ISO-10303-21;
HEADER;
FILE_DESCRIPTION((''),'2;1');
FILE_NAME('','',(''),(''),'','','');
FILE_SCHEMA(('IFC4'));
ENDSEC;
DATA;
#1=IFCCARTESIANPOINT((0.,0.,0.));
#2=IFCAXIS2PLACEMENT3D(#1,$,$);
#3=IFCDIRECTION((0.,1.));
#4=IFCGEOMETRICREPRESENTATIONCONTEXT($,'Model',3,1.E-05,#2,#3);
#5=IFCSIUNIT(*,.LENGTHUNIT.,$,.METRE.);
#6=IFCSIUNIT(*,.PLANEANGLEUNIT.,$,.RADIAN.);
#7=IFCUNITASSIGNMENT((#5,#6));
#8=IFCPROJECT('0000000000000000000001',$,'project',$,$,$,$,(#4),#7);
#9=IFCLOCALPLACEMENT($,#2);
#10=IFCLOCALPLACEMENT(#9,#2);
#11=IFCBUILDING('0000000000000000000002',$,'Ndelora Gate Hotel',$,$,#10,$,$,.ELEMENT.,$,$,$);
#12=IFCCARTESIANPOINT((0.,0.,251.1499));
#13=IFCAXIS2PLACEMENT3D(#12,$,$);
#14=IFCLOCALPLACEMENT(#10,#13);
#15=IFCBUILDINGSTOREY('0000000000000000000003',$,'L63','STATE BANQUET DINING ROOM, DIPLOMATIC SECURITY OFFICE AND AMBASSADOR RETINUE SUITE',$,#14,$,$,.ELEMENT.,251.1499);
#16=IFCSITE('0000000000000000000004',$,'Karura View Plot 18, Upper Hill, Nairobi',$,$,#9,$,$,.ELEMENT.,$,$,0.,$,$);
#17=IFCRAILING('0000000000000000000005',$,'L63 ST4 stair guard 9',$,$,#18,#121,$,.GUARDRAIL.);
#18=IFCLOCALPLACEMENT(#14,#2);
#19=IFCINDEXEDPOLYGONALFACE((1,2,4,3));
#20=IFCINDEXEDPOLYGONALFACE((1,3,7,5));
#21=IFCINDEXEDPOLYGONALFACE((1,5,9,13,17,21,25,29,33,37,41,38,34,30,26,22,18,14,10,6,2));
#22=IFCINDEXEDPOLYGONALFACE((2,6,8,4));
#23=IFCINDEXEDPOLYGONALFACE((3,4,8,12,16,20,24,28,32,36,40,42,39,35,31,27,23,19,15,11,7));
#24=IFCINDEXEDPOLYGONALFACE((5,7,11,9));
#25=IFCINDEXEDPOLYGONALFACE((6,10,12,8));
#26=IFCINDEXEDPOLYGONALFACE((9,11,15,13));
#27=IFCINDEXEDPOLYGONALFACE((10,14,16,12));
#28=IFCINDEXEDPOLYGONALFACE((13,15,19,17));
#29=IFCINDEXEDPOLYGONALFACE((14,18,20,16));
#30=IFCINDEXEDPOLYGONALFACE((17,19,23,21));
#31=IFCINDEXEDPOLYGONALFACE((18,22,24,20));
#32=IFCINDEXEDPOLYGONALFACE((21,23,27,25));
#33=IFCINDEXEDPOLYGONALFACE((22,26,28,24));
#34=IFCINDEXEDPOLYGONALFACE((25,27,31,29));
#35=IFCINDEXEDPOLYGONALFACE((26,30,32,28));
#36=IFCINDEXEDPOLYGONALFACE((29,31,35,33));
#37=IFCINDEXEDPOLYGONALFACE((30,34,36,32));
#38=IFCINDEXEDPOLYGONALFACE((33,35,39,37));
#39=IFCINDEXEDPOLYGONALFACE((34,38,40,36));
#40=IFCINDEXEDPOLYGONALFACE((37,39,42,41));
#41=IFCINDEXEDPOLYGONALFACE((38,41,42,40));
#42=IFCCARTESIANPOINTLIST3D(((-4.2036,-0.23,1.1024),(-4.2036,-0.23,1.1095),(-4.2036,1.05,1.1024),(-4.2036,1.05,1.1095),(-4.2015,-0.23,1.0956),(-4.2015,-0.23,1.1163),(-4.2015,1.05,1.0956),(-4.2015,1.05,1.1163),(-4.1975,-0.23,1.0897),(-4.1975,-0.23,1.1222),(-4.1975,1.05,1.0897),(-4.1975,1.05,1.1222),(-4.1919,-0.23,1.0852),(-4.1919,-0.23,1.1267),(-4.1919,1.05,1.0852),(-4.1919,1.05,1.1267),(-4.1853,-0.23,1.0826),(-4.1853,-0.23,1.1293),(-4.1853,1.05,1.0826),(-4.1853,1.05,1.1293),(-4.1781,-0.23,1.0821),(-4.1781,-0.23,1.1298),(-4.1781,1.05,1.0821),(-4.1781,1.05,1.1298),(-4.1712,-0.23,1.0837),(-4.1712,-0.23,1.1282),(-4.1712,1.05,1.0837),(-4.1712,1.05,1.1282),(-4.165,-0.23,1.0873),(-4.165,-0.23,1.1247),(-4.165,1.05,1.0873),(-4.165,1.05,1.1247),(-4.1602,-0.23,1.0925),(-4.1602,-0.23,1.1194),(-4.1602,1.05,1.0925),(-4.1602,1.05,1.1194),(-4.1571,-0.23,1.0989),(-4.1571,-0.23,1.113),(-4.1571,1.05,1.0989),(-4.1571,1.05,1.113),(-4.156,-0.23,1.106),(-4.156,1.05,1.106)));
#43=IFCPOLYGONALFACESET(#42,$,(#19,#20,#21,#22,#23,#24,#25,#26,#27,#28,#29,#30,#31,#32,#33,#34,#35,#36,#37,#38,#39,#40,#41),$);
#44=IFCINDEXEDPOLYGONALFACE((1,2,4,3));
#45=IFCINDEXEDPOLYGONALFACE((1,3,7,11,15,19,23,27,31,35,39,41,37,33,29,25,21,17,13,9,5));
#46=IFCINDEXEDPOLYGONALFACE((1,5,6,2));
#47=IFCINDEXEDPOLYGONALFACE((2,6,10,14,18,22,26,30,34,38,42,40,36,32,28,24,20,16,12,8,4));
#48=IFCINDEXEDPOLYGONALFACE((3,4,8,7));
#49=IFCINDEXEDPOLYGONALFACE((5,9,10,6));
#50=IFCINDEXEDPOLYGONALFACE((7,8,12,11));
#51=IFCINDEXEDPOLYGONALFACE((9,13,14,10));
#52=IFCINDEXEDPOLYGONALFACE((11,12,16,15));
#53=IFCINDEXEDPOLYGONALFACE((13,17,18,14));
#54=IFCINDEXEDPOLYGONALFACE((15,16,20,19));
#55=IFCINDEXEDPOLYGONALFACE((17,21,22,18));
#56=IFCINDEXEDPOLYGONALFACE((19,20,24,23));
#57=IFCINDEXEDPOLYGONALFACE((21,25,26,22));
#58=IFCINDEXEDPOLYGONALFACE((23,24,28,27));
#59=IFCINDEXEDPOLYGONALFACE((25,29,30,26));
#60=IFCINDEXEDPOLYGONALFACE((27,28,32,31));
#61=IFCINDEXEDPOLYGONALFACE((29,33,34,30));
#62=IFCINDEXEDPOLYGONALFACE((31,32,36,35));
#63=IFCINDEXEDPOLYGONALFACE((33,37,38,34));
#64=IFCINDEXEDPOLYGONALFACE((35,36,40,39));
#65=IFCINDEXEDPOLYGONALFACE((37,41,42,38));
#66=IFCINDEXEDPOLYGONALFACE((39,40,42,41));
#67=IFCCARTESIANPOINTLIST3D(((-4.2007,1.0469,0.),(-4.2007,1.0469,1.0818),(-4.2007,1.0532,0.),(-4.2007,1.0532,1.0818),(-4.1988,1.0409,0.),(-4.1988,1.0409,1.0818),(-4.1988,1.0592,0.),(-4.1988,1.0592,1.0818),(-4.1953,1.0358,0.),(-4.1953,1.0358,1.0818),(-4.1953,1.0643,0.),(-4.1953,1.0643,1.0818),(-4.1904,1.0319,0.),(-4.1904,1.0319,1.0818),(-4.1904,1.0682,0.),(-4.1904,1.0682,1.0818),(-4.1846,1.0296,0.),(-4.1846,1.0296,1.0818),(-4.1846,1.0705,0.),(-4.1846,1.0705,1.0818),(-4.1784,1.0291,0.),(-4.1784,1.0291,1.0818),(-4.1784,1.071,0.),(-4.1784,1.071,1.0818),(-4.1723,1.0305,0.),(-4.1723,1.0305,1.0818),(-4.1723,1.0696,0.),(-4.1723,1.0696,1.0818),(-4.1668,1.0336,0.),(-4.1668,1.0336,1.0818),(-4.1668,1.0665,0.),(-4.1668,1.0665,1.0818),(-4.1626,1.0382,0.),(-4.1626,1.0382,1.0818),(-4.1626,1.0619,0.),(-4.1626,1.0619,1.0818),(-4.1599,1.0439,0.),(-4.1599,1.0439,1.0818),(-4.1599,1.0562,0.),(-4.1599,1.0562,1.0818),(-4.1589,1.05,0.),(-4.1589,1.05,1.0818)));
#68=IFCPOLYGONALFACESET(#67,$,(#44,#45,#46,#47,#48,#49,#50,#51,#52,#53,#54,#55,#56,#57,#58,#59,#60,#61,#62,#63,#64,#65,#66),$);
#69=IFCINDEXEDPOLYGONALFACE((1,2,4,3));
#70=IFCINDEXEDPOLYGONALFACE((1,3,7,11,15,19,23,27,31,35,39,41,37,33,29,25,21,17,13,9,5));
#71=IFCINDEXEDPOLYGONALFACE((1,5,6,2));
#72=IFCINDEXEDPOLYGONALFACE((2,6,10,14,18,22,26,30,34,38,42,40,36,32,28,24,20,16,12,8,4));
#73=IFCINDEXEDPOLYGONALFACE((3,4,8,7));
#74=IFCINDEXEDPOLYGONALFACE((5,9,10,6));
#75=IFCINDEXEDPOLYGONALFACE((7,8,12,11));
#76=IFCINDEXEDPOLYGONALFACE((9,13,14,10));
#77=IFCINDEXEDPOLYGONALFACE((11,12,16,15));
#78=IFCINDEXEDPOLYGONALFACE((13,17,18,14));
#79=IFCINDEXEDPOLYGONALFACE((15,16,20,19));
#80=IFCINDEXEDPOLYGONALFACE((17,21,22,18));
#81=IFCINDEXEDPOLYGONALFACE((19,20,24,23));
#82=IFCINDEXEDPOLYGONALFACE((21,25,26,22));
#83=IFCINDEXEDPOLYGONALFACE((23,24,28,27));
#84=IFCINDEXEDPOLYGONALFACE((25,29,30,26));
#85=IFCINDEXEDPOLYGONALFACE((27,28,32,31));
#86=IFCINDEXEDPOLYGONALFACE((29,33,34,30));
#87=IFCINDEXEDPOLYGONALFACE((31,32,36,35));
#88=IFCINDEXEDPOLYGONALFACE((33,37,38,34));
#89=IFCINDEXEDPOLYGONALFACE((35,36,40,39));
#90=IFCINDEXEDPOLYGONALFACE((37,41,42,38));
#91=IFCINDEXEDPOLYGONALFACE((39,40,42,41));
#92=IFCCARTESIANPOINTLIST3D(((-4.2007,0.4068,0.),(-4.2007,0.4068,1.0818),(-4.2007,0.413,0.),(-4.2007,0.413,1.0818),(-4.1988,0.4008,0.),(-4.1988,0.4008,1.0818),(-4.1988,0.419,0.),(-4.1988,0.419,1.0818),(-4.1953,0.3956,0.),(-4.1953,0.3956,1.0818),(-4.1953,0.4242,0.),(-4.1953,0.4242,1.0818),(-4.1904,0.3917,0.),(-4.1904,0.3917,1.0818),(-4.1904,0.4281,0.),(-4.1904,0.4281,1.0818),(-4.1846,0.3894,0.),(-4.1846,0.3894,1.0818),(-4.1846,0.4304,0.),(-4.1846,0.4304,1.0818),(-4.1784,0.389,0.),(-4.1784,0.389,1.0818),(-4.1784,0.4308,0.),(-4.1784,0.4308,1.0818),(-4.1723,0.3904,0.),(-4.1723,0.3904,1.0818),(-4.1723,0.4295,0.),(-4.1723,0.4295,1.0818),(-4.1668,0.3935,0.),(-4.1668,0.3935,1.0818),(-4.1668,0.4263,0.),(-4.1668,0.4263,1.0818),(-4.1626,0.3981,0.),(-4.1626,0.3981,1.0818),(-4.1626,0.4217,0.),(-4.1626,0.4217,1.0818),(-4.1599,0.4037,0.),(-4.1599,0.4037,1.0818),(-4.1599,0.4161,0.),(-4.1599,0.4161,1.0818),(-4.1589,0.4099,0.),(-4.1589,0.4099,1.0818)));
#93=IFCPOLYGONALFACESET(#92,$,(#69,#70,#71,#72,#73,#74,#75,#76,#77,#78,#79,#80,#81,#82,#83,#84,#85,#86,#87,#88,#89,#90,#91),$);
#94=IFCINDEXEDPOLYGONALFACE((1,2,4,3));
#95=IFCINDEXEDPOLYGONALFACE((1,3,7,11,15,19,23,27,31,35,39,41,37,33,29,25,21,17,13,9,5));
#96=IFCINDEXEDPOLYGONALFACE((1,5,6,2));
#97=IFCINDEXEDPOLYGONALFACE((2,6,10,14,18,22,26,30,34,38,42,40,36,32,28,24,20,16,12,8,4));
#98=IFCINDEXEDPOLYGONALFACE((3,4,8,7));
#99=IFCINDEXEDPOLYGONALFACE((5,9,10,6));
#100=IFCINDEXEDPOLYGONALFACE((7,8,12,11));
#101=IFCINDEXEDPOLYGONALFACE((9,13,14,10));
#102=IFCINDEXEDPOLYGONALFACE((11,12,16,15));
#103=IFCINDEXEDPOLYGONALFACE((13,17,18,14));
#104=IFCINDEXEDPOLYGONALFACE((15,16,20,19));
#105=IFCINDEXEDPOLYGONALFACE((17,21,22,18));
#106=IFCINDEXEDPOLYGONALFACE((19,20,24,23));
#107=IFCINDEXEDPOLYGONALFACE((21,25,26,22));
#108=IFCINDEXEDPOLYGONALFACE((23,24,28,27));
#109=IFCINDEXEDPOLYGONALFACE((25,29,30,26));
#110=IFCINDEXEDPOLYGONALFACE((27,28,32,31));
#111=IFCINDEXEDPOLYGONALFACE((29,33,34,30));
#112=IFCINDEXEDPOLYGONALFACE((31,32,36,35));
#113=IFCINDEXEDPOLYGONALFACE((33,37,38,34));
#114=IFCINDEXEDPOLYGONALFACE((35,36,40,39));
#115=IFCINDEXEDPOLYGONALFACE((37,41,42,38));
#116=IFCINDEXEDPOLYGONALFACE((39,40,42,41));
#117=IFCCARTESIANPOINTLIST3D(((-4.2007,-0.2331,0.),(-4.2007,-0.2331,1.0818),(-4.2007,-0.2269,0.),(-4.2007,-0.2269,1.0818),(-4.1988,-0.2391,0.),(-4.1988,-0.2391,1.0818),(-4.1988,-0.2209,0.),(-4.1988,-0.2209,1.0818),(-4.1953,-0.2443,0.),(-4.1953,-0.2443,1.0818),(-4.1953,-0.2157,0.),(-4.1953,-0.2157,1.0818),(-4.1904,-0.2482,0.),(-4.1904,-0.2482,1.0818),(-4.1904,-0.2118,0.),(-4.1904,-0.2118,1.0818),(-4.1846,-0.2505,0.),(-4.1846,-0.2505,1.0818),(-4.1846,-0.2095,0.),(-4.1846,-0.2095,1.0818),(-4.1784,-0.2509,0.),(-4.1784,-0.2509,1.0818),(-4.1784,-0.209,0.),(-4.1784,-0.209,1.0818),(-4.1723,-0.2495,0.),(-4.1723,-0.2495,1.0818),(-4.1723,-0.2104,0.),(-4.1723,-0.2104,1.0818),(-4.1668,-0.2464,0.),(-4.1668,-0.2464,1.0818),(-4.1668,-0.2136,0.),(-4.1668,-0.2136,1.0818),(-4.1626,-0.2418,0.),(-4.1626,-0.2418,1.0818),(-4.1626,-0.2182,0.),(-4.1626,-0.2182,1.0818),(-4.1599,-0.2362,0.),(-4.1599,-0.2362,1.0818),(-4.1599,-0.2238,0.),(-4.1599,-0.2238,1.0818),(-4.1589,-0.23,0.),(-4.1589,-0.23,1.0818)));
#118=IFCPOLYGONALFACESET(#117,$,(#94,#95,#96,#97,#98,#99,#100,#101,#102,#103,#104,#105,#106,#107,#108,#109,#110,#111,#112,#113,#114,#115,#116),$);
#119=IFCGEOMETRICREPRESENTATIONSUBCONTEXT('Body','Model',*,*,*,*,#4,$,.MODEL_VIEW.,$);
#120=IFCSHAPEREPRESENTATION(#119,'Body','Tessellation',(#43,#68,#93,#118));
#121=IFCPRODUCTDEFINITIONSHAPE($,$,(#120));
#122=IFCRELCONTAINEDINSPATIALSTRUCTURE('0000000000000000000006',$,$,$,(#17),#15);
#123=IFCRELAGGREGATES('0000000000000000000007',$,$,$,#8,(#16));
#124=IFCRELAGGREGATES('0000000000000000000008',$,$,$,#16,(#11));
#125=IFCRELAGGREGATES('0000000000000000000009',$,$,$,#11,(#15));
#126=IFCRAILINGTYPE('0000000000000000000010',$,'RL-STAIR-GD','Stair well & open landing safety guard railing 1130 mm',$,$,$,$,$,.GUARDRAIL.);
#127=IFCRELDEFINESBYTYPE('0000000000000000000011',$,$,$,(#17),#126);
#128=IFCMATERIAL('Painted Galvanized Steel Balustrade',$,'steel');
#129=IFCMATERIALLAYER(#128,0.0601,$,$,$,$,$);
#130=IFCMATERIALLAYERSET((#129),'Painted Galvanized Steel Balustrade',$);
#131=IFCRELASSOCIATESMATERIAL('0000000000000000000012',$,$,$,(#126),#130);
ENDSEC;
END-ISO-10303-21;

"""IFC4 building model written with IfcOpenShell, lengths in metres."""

from ifc_helpers import new_model, si_unit, direction, frame, origin, origin_2d, place, context, subcontext, project, spatial, circle, extrude, material, layer, layer_set, type_object, element, save


model = new_model("IFC4")

# Units and contexts
model_context = context("Model", 3, precision=1e-05, world=origin(), true_north=direction((0.0, 1.0)))
body_context = subcontext(model_context, "Body", "Model", "MODEL_VIEW")
ifc_project = project(units=[si_unit("LENGTHUNIT", "METRE"), si_unit("PLANEANGLEUNIT", "RADIAN")], contexts=[model_context])

# Site, building, storey
site_placement = place(None, origin())
site = spatial("IfcSite", under=ifc_project, at=site_placement, Name="Karura View Plot 18, Upper Hill, Nairobi", CompositionType="ELEMENT", RefElevation=0.0)
building_placement = place(site_placement, origin())
building = spatial("IfcBuilding", under=site, at=building_placement, Name="Ndelora Gate Hotel", CompositionType="ELEMENT")
storey_placement = place(building_placement, frame((0.0, 0.0, 251.1499)))
storey = spatial("IfcBuildingStorey", under=building, at=storey_placement, Name="L63", Description="STATE BANQUET DINING ROOM, DIPLOMATIC SECURITY OFFICE AND AMBASSADOR RETINUE SUITE", CompositionType="ELEMENT", Elevation=251.1499)

# Railing
ifc_material_1 = material(Name="Painted Galvanized Steel Balustrade", Category="steel")
ifc_layer_1 = layer(ifc_material_1, 0.0601)
ifc_layer_set_1 = layer_set([ifc_layer_1], Name="Painted Galvanized Steel Balustrade")
railing_type = type_object("IfcRailingType", Name="RL-STAIR-GD", Description="Stair well & open landing safety guard railing 1130 mm", PredefinedType="GUARDRAIL", material=ifc_layer_set_1)
for number, where, name in (
    (1, (-4.1799, 1.05, 0.0), "L63 ST4 stair guard 9"),
):
    element("IfcRailing", number, at=place(storey_placement, frame(where)), inside=storey, type_object=railing_type, Name=name, PredefinedType="GUARDRAIL", context=body_context, shape_type="SweptSolid", body=[
        extrude(circle(Radius=0.0239, at=origin_2d()), frame((0.0, 0.0, 1.106), z_axis=(0.0, -1.0, 0.0), x_axis=(1.0, 0.0, 0.0)), (0.0, 0.0, 1.0), 1.28),
        extrude(circle(Radius=0.021, at=origin_2d()), origin(), (0.0, 0.0, 1.0), 1.0818),
        extrude(circle(Radius=0.021, at=origin_2d()), frame((0.0, -0.6401, 0.0)), (0.0, 0.0, 1.0), 1.0818),
        extrude(circle(Radius=0.021, at=origin_2d()), frame((0.0, -1.28, 0.0)), (0.0, 0.0, 1.0), 1.0818),
    ])

save(model, "model.ifc")
